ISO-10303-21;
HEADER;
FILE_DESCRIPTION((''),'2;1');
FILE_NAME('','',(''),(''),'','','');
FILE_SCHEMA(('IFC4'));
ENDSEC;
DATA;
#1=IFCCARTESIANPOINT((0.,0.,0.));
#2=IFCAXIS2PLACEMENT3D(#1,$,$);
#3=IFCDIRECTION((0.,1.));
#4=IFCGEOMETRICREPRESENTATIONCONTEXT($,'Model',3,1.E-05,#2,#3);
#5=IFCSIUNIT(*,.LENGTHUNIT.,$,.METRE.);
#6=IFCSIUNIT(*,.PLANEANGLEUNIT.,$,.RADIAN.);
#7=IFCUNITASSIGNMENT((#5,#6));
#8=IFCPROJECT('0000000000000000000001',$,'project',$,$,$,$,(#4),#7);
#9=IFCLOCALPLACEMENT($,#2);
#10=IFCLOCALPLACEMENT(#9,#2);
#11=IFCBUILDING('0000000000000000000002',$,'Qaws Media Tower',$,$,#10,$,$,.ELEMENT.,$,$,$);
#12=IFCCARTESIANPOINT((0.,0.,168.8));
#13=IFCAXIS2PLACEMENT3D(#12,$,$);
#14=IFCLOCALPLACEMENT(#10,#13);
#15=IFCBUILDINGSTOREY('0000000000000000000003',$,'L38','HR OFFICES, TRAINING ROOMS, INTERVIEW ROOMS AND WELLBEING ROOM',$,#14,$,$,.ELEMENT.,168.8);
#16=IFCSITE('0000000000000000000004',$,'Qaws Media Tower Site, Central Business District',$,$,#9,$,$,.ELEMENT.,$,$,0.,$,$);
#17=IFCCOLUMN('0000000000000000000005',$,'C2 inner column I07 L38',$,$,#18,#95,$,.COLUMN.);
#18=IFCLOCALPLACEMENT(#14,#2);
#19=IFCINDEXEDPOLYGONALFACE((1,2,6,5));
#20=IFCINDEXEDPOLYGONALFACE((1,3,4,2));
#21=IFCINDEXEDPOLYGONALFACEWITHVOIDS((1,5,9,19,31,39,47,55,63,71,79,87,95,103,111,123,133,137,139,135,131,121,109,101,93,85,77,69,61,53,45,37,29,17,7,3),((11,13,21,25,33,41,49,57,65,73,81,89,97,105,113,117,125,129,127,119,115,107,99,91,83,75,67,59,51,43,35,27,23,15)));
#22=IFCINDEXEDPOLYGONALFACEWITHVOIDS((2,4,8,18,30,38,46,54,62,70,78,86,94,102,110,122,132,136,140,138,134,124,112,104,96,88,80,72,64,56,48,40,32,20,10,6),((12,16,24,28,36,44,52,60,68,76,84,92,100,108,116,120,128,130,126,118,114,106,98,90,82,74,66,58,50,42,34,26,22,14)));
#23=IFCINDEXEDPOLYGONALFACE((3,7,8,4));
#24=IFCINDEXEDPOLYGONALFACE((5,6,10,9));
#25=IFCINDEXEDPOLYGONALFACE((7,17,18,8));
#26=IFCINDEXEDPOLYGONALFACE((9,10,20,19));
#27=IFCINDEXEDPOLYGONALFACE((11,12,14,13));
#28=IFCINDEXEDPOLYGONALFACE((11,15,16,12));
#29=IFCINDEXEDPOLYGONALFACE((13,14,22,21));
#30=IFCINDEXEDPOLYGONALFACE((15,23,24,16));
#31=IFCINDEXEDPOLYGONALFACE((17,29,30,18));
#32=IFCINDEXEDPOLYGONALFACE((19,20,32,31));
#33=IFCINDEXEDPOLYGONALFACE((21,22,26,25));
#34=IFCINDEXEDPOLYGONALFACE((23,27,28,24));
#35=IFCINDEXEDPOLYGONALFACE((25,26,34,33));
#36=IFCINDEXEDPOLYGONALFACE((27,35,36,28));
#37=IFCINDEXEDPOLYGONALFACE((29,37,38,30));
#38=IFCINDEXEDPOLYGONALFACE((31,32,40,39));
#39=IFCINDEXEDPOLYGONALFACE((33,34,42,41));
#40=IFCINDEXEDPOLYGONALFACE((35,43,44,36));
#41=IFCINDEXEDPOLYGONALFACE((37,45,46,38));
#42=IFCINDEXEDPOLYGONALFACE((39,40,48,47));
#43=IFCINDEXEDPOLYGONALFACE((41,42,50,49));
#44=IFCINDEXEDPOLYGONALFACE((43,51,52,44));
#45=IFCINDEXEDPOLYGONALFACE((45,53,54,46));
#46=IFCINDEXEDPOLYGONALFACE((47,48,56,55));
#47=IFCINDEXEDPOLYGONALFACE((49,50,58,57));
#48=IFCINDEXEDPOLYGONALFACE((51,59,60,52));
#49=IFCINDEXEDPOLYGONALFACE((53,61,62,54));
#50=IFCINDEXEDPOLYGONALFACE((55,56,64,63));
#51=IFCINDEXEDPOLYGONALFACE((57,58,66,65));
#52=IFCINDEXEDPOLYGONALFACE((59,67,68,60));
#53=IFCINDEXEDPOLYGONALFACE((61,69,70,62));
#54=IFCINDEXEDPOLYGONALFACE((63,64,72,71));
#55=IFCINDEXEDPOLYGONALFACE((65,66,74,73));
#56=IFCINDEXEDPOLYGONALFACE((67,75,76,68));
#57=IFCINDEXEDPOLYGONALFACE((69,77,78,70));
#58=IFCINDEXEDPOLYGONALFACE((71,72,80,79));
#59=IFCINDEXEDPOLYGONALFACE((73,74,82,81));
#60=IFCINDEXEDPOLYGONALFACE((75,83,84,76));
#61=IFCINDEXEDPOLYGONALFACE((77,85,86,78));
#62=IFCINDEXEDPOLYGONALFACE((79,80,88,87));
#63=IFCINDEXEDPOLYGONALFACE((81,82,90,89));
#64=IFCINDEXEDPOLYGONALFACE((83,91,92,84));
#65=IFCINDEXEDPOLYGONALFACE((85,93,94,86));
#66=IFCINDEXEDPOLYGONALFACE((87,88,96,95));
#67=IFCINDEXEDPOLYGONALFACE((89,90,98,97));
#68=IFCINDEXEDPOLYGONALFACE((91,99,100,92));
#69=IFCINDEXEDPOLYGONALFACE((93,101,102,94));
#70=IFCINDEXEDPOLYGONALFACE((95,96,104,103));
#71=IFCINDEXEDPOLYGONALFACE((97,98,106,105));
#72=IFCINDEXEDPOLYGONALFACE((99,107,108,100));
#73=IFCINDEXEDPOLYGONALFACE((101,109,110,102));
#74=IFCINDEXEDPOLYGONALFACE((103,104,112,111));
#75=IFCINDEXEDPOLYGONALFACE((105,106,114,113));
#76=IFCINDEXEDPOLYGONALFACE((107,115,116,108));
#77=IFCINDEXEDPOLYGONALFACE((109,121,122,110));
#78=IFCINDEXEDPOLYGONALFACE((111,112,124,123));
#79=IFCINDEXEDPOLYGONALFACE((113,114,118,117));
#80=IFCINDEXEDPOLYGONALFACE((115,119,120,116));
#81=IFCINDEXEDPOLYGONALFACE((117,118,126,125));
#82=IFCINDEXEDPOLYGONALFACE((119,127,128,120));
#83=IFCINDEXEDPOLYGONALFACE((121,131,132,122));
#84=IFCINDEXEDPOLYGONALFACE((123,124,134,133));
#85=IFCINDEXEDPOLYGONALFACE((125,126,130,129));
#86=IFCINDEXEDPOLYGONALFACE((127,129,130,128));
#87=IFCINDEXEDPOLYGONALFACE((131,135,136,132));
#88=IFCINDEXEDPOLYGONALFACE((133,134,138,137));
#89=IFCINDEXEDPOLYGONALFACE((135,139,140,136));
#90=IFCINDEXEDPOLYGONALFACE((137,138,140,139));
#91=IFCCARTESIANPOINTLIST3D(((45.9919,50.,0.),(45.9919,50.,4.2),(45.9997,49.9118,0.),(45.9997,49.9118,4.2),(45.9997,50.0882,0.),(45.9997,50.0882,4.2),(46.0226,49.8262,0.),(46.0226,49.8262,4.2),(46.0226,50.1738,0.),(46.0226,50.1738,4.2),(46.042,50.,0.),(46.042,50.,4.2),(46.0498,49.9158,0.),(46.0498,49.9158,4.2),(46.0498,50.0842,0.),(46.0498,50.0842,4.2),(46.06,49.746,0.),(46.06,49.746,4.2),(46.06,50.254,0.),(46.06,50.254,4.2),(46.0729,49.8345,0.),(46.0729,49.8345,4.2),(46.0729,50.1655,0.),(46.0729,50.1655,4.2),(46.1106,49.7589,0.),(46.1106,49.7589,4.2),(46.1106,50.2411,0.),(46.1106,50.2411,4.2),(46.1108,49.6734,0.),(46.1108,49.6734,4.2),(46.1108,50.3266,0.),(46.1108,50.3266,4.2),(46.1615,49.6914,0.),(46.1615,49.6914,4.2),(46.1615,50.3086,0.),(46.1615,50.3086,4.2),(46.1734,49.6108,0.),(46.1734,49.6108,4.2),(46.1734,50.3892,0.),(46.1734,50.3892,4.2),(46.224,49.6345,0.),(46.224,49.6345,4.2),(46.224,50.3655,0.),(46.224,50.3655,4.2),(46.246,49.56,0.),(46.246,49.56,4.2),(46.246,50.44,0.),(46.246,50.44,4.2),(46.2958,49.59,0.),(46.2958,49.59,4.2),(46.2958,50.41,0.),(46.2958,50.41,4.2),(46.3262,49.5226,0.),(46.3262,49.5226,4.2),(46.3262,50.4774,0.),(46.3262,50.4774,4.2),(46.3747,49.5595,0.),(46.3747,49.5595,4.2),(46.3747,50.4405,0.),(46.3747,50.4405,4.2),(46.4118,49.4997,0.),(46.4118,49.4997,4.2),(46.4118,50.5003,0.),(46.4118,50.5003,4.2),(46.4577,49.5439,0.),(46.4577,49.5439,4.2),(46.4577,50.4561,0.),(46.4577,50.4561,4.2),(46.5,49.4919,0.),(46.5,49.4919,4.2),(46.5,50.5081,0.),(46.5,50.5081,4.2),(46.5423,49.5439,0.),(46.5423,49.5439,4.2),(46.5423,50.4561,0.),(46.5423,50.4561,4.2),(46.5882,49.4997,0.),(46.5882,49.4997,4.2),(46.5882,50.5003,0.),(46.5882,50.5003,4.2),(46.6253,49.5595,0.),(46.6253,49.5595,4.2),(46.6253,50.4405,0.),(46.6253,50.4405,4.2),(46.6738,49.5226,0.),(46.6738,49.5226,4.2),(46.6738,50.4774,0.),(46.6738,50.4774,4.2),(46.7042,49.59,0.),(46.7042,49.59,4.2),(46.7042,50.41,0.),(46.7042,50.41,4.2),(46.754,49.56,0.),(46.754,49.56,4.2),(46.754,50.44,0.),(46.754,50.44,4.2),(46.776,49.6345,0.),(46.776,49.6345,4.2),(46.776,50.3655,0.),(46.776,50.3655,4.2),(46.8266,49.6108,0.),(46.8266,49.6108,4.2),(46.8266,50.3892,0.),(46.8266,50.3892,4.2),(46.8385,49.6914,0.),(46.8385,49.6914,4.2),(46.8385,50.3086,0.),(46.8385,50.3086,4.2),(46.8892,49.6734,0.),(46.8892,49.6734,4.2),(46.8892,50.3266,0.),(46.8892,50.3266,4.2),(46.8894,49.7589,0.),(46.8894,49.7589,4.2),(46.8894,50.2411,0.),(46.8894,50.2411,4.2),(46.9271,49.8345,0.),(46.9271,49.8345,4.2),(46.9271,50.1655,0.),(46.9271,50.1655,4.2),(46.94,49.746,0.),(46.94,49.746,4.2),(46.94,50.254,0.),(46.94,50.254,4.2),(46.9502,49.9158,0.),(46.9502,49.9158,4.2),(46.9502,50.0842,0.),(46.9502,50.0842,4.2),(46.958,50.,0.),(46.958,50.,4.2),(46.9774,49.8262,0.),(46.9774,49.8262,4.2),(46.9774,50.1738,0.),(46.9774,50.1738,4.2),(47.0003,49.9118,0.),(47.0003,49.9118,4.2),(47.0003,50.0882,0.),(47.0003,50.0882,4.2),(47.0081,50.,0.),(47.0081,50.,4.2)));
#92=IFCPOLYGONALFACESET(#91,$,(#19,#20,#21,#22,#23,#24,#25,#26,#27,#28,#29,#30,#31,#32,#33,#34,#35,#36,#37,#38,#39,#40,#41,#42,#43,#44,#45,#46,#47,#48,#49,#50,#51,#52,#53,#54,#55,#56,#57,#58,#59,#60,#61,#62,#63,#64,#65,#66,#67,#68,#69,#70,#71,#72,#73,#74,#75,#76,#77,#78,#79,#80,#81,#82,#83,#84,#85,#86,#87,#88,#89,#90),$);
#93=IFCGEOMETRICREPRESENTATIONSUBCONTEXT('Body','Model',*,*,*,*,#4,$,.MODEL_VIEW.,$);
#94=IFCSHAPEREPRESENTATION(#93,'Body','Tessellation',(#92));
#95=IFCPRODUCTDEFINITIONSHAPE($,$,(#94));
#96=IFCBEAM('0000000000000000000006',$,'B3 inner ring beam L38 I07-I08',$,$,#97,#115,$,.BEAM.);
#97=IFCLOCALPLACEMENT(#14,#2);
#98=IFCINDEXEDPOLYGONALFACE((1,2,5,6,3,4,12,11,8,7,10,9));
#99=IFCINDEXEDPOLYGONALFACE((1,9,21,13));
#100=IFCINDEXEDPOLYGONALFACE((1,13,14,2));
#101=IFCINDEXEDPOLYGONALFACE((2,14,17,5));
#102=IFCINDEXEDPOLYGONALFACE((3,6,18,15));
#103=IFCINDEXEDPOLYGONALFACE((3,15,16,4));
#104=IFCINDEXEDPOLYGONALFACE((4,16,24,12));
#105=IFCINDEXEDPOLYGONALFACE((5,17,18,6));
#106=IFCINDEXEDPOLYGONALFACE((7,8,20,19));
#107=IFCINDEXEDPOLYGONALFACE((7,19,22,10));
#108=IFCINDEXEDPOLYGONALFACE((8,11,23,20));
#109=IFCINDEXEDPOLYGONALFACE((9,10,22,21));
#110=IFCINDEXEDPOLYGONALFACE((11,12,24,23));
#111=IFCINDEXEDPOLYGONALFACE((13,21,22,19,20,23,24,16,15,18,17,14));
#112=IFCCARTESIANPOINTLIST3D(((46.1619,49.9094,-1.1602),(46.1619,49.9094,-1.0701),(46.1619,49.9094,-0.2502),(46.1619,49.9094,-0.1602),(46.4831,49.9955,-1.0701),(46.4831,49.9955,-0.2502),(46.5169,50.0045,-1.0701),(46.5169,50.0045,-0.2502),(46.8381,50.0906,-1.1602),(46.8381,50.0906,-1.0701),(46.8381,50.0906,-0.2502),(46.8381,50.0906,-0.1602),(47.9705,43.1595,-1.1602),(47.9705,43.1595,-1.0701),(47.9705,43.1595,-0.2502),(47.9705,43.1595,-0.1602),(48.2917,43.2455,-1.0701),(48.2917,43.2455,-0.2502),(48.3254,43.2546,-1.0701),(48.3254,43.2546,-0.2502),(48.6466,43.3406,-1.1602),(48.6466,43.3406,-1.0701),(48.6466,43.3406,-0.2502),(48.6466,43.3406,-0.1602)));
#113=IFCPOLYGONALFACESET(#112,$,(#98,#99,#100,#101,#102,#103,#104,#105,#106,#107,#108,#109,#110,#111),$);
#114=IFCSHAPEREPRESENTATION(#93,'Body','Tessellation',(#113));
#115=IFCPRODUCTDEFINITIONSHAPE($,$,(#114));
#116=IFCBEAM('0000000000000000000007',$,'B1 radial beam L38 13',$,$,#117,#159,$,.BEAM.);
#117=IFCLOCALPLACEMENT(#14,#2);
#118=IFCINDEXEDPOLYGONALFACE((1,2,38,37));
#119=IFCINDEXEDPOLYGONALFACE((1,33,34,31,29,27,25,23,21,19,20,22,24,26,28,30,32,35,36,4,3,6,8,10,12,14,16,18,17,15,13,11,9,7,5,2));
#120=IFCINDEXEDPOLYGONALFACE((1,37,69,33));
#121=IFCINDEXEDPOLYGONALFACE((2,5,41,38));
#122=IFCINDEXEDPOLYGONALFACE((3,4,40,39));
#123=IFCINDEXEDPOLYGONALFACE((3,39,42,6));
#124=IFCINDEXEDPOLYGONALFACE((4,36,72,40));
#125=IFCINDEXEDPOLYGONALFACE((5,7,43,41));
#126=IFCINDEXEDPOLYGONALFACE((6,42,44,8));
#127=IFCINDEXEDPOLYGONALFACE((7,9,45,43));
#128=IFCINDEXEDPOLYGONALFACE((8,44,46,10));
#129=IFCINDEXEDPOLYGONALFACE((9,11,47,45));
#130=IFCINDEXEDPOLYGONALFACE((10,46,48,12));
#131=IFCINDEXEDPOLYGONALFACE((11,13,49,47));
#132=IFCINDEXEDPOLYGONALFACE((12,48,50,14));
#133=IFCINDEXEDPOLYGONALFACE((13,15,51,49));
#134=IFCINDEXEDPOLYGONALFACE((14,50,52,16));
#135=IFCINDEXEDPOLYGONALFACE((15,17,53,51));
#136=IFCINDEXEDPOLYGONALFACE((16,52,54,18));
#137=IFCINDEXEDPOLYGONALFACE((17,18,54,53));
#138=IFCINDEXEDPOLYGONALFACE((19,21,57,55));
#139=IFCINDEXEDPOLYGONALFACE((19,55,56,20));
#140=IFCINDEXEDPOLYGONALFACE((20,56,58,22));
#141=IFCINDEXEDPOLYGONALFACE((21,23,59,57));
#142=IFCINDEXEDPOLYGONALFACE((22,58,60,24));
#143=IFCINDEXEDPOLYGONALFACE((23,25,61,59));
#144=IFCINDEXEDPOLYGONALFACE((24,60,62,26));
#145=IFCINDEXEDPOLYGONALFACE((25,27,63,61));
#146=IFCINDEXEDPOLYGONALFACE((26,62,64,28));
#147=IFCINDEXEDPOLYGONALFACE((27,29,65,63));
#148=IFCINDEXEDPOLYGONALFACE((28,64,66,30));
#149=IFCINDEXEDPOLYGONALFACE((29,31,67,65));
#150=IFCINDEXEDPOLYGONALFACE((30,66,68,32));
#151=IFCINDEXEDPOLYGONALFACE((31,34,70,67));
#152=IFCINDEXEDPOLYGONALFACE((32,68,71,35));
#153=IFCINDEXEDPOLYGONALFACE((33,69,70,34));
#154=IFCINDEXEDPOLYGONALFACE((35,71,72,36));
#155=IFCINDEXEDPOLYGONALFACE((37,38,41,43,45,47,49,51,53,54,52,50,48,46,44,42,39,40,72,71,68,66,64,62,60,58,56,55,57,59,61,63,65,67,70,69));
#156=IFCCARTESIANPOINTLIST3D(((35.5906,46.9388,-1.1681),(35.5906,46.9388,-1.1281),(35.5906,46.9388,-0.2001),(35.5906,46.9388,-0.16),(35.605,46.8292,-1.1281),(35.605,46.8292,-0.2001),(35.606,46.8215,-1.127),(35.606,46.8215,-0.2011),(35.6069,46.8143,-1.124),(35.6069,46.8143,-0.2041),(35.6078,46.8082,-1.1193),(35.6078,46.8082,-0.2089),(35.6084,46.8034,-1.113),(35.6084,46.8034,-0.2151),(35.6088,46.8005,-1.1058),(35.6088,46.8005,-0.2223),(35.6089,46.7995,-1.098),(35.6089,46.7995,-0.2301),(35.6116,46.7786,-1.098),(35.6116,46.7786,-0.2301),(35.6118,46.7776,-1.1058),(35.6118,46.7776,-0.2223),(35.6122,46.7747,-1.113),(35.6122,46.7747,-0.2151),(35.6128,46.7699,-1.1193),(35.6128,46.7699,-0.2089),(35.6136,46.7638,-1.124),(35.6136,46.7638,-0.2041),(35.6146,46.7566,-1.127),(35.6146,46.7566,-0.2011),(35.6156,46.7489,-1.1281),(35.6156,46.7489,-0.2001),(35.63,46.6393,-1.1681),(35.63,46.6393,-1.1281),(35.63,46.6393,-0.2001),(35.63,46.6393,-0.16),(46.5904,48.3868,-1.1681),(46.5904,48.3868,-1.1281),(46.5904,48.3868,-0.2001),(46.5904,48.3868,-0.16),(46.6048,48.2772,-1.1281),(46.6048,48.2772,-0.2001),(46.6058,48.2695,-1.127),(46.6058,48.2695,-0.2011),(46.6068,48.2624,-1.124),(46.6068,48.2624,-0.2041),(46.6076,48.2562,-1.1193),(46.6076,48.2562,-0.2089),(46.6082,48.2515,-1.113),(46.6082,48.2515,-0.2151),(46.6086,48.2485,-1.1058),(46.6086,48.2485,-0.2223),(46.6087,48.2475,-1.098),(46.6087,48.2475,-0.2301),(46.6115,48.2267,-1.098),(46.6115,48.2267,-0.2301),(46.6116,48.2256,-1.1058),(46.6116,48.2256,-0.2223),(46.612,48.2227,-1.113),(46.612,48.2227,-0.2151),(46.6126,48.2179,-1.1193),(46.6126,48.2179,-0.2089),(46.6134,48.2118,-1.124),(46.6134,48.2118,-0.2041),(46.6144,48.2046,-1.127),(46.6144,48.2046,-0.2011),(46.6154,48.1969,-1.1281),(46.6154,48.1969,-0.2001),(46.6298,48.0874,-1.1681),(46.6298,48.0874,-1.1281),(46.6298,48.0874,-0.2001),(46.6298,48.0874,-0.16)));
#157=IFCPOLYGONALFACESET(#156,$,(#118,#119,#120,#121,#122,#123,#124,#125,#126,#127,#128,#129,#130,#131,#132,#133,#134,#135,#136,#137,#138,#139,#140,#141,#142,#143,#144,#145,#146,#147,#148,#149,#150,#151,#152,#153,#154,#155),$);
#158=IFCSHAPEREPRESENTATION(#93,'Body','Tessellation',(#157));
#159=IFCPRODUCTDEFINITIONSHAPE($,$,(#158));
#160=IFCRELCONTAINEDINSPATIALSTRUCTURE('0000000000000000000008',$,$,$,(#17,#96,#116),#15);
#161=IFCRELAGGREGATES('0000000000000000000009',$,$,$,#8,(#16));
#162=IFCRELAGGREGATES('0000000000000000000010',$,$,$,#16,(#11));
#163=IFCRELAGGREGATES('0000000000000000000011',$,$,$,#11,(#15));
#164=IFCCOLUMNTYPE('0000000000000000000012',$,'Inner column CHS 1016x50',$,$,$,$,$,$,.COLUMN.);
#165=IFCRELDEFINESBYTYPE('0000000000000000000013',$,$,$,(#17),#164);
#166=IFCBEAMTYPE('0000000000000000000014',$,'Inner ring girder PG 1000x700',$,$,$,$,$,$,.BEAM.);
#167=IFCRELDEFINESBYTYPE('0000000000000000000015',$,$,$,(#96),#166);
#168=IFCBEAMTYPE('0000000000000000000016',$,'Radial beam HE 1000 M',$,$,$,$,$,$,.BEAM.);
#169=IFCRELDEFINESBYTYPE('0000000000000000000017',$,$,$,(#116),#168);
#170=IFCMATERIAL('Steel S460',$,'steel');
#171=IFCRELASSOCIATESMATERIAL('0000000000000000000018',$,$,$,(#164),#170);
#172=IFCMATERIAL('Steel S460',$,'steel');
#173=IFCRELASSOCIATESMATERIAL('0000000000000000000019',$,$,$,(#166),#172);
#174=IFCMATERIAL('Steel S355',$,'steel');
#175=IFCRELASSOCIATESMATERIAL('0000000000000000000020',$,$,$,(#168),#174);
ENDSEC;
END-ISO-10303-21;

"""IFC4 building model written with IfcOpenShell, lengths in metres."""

from ifc_helpers import new_model, si_unit, direction, frame, origin, origin_2d, place, context, subcontext, project, spatial, hollow_circle, i_section, extrude, material, material_profile, profile_set, type_object, element, save


model = new_model("IFC4")

# Units and contexts
model_context = context("Model", 3, precision=1e-05, world=origin(), true_north=direction((0.0, 1.0)))
body_context = subcontext(model_context, "Body", "Model", "MODEL_VIEW")
ifc_project = project(units=[si_unit("LENGTHUNIT", "METRE"), si_unit("PLANEANGLEUNIT", "RADIAN")], contexts=[model_context])

# Site, building, storey
site_placement = place(None, origin())
site = spatial("IfcSite", under=ifc_project, at=site_placement, Name="Qaws Media Tower Site, Central Business District", CompositionType="ELEMENT", RefElevation=0.0)
building_placement = place(site_placement, origin())
building = spatial("IfcBuilding", under=site, at=building_placement, Name="Qaws Media Tower", CompositionType="ELEMENT")
storey_placement = place(building_placement, frame((0.0, 0.0, 168.8)))
storey = spatial("IfcBuildingStorey", under=building, at=storey_placement, Name="L38", Description="HR OFFICES, TRAINING ROOMS, INTERVIEW ROOMS AND WELLBEING ROOM", CompositionType="ELEMENT", Elevation=168.8)

# Column
ifc_material_1 = material(Name="Steel S460", Category="steel")
ifc_material_profile_1 = material_profile(ifc_material_1, hollow_circle(Radius=0.5081, WallThickness=0.05, at=origin_2d()), Name="CHS 1016x50")
ifc_profile_set_1 = profile_set([ifc_material_profile_1], Name="Steel S460")
column_type = type_object("IfcColumnType", Name="Inner column CHS 1016x50", PredefinedType="COLUMN", material=ifc_profile_set_1)
column_placement = place(storey_placement, frame((46.5, 50.0, 0.0), z_axis=(0.0, 0.0, 1.0), x_axis=(1.0, 0.0, 0.0)))
element("IfcColumn", 1, at=column_placement, inside=storey, type_object=column_type, Name="C2 inner column I07 L38", PredefinedType="COLUMN", context=body_context, shape_type="SweptSolid", body=[
    extrude(hollow_circle(Radius=0.5081, WallThickness=0.05, at=origin_2d()), origin(), (0.0, 0.0, 1.0), 4.2),
])

# Beams
ifc_material_2 = material(Name="Steel S460", Category="steel")
ifc_material_profile_2 = material_profile(ifc_material_2, i_section(OverallWidth=0.7, OverallDepth=1.0, WebThickness=0.0349, FlangeThickness=0.0901, at=origin_2d()), Name="PG 1000x700")
ifc_profile_set_2 = profile_set([ifc_material_profile_2], Name="Steel S460")
beam_type_1 = type_object("IfcBeamType", Name="Inner ring girder PG 1000x700", PredefinedType="BEAM", material=ifc_profile_set_2)
beam_1_placement = place(storey_placement, frame((46.5, 50.0, -0.6602), z_axis=(0.258811, -0.965928, 0.0), x_axis=(0.965928, 0.258811, 0.0)))
element("IfcBeam", 2, at=beam_1_placement, inside=storey, type_object=beam_type_1, Name="B3 inner ring beam L38 I07-I08", PredefinedType="BEAM", context=body_context, shape_type="SweptSolid", body=[
    extrude(i_section(OverallWidth=0.7, OverallDepth=1.0, WebThickness=0.0349, FlangeThickness=0.0901, at=origin_2d()), origin(), (0.0, 0.0, 1.0), 6.988),
])
ifc_material_3 = material(Name="Steel S355", Category="steel")
ifc_material_profile_3 = material_profile(ifc_material_3, i_section(OverallWidth=0.302, OverallDepth=1.0081, WebThickness=0.021, FlangeThickness=0.04, FilletRadius=0.03, at=origin_2d()), Name="HE 1000 M")
ifc_profile_set_3 = profile_set([ifc_material_profile_3], Name="Steel S355")
beam_type_2 = type_object("IfcBeamType", Name="Radial beam HE 1000 M", PredefinedType="BEAM", material=ifc_profile_set_3)
beam_2_placement = place(storey_placement, frame((46.6101, 48.2371, -0.6641), z_axis=(-0.991447, -0.130513, 0.0), x_axis=(0.130513, -0.991447, 0.0)))
element("IfcBeam", 3, at=beam_2_placement, inside=storey, type_object=beam_type_2, Name="B1 radial beam L38 13", PredefinedType="BEAM", context=body_context, shape_type="SweptSolid", body=[
    extrude(i_section(OverallWidth=0.302, OverallDepth=1.0081, WebThickness=0.021, FlangeThickness=0.04, FilletRadius=0.03, at=origin_2d()), origin(), (0.0, 0.0, 1.0), 11.0947),
])

save(model, "model.ifc")
